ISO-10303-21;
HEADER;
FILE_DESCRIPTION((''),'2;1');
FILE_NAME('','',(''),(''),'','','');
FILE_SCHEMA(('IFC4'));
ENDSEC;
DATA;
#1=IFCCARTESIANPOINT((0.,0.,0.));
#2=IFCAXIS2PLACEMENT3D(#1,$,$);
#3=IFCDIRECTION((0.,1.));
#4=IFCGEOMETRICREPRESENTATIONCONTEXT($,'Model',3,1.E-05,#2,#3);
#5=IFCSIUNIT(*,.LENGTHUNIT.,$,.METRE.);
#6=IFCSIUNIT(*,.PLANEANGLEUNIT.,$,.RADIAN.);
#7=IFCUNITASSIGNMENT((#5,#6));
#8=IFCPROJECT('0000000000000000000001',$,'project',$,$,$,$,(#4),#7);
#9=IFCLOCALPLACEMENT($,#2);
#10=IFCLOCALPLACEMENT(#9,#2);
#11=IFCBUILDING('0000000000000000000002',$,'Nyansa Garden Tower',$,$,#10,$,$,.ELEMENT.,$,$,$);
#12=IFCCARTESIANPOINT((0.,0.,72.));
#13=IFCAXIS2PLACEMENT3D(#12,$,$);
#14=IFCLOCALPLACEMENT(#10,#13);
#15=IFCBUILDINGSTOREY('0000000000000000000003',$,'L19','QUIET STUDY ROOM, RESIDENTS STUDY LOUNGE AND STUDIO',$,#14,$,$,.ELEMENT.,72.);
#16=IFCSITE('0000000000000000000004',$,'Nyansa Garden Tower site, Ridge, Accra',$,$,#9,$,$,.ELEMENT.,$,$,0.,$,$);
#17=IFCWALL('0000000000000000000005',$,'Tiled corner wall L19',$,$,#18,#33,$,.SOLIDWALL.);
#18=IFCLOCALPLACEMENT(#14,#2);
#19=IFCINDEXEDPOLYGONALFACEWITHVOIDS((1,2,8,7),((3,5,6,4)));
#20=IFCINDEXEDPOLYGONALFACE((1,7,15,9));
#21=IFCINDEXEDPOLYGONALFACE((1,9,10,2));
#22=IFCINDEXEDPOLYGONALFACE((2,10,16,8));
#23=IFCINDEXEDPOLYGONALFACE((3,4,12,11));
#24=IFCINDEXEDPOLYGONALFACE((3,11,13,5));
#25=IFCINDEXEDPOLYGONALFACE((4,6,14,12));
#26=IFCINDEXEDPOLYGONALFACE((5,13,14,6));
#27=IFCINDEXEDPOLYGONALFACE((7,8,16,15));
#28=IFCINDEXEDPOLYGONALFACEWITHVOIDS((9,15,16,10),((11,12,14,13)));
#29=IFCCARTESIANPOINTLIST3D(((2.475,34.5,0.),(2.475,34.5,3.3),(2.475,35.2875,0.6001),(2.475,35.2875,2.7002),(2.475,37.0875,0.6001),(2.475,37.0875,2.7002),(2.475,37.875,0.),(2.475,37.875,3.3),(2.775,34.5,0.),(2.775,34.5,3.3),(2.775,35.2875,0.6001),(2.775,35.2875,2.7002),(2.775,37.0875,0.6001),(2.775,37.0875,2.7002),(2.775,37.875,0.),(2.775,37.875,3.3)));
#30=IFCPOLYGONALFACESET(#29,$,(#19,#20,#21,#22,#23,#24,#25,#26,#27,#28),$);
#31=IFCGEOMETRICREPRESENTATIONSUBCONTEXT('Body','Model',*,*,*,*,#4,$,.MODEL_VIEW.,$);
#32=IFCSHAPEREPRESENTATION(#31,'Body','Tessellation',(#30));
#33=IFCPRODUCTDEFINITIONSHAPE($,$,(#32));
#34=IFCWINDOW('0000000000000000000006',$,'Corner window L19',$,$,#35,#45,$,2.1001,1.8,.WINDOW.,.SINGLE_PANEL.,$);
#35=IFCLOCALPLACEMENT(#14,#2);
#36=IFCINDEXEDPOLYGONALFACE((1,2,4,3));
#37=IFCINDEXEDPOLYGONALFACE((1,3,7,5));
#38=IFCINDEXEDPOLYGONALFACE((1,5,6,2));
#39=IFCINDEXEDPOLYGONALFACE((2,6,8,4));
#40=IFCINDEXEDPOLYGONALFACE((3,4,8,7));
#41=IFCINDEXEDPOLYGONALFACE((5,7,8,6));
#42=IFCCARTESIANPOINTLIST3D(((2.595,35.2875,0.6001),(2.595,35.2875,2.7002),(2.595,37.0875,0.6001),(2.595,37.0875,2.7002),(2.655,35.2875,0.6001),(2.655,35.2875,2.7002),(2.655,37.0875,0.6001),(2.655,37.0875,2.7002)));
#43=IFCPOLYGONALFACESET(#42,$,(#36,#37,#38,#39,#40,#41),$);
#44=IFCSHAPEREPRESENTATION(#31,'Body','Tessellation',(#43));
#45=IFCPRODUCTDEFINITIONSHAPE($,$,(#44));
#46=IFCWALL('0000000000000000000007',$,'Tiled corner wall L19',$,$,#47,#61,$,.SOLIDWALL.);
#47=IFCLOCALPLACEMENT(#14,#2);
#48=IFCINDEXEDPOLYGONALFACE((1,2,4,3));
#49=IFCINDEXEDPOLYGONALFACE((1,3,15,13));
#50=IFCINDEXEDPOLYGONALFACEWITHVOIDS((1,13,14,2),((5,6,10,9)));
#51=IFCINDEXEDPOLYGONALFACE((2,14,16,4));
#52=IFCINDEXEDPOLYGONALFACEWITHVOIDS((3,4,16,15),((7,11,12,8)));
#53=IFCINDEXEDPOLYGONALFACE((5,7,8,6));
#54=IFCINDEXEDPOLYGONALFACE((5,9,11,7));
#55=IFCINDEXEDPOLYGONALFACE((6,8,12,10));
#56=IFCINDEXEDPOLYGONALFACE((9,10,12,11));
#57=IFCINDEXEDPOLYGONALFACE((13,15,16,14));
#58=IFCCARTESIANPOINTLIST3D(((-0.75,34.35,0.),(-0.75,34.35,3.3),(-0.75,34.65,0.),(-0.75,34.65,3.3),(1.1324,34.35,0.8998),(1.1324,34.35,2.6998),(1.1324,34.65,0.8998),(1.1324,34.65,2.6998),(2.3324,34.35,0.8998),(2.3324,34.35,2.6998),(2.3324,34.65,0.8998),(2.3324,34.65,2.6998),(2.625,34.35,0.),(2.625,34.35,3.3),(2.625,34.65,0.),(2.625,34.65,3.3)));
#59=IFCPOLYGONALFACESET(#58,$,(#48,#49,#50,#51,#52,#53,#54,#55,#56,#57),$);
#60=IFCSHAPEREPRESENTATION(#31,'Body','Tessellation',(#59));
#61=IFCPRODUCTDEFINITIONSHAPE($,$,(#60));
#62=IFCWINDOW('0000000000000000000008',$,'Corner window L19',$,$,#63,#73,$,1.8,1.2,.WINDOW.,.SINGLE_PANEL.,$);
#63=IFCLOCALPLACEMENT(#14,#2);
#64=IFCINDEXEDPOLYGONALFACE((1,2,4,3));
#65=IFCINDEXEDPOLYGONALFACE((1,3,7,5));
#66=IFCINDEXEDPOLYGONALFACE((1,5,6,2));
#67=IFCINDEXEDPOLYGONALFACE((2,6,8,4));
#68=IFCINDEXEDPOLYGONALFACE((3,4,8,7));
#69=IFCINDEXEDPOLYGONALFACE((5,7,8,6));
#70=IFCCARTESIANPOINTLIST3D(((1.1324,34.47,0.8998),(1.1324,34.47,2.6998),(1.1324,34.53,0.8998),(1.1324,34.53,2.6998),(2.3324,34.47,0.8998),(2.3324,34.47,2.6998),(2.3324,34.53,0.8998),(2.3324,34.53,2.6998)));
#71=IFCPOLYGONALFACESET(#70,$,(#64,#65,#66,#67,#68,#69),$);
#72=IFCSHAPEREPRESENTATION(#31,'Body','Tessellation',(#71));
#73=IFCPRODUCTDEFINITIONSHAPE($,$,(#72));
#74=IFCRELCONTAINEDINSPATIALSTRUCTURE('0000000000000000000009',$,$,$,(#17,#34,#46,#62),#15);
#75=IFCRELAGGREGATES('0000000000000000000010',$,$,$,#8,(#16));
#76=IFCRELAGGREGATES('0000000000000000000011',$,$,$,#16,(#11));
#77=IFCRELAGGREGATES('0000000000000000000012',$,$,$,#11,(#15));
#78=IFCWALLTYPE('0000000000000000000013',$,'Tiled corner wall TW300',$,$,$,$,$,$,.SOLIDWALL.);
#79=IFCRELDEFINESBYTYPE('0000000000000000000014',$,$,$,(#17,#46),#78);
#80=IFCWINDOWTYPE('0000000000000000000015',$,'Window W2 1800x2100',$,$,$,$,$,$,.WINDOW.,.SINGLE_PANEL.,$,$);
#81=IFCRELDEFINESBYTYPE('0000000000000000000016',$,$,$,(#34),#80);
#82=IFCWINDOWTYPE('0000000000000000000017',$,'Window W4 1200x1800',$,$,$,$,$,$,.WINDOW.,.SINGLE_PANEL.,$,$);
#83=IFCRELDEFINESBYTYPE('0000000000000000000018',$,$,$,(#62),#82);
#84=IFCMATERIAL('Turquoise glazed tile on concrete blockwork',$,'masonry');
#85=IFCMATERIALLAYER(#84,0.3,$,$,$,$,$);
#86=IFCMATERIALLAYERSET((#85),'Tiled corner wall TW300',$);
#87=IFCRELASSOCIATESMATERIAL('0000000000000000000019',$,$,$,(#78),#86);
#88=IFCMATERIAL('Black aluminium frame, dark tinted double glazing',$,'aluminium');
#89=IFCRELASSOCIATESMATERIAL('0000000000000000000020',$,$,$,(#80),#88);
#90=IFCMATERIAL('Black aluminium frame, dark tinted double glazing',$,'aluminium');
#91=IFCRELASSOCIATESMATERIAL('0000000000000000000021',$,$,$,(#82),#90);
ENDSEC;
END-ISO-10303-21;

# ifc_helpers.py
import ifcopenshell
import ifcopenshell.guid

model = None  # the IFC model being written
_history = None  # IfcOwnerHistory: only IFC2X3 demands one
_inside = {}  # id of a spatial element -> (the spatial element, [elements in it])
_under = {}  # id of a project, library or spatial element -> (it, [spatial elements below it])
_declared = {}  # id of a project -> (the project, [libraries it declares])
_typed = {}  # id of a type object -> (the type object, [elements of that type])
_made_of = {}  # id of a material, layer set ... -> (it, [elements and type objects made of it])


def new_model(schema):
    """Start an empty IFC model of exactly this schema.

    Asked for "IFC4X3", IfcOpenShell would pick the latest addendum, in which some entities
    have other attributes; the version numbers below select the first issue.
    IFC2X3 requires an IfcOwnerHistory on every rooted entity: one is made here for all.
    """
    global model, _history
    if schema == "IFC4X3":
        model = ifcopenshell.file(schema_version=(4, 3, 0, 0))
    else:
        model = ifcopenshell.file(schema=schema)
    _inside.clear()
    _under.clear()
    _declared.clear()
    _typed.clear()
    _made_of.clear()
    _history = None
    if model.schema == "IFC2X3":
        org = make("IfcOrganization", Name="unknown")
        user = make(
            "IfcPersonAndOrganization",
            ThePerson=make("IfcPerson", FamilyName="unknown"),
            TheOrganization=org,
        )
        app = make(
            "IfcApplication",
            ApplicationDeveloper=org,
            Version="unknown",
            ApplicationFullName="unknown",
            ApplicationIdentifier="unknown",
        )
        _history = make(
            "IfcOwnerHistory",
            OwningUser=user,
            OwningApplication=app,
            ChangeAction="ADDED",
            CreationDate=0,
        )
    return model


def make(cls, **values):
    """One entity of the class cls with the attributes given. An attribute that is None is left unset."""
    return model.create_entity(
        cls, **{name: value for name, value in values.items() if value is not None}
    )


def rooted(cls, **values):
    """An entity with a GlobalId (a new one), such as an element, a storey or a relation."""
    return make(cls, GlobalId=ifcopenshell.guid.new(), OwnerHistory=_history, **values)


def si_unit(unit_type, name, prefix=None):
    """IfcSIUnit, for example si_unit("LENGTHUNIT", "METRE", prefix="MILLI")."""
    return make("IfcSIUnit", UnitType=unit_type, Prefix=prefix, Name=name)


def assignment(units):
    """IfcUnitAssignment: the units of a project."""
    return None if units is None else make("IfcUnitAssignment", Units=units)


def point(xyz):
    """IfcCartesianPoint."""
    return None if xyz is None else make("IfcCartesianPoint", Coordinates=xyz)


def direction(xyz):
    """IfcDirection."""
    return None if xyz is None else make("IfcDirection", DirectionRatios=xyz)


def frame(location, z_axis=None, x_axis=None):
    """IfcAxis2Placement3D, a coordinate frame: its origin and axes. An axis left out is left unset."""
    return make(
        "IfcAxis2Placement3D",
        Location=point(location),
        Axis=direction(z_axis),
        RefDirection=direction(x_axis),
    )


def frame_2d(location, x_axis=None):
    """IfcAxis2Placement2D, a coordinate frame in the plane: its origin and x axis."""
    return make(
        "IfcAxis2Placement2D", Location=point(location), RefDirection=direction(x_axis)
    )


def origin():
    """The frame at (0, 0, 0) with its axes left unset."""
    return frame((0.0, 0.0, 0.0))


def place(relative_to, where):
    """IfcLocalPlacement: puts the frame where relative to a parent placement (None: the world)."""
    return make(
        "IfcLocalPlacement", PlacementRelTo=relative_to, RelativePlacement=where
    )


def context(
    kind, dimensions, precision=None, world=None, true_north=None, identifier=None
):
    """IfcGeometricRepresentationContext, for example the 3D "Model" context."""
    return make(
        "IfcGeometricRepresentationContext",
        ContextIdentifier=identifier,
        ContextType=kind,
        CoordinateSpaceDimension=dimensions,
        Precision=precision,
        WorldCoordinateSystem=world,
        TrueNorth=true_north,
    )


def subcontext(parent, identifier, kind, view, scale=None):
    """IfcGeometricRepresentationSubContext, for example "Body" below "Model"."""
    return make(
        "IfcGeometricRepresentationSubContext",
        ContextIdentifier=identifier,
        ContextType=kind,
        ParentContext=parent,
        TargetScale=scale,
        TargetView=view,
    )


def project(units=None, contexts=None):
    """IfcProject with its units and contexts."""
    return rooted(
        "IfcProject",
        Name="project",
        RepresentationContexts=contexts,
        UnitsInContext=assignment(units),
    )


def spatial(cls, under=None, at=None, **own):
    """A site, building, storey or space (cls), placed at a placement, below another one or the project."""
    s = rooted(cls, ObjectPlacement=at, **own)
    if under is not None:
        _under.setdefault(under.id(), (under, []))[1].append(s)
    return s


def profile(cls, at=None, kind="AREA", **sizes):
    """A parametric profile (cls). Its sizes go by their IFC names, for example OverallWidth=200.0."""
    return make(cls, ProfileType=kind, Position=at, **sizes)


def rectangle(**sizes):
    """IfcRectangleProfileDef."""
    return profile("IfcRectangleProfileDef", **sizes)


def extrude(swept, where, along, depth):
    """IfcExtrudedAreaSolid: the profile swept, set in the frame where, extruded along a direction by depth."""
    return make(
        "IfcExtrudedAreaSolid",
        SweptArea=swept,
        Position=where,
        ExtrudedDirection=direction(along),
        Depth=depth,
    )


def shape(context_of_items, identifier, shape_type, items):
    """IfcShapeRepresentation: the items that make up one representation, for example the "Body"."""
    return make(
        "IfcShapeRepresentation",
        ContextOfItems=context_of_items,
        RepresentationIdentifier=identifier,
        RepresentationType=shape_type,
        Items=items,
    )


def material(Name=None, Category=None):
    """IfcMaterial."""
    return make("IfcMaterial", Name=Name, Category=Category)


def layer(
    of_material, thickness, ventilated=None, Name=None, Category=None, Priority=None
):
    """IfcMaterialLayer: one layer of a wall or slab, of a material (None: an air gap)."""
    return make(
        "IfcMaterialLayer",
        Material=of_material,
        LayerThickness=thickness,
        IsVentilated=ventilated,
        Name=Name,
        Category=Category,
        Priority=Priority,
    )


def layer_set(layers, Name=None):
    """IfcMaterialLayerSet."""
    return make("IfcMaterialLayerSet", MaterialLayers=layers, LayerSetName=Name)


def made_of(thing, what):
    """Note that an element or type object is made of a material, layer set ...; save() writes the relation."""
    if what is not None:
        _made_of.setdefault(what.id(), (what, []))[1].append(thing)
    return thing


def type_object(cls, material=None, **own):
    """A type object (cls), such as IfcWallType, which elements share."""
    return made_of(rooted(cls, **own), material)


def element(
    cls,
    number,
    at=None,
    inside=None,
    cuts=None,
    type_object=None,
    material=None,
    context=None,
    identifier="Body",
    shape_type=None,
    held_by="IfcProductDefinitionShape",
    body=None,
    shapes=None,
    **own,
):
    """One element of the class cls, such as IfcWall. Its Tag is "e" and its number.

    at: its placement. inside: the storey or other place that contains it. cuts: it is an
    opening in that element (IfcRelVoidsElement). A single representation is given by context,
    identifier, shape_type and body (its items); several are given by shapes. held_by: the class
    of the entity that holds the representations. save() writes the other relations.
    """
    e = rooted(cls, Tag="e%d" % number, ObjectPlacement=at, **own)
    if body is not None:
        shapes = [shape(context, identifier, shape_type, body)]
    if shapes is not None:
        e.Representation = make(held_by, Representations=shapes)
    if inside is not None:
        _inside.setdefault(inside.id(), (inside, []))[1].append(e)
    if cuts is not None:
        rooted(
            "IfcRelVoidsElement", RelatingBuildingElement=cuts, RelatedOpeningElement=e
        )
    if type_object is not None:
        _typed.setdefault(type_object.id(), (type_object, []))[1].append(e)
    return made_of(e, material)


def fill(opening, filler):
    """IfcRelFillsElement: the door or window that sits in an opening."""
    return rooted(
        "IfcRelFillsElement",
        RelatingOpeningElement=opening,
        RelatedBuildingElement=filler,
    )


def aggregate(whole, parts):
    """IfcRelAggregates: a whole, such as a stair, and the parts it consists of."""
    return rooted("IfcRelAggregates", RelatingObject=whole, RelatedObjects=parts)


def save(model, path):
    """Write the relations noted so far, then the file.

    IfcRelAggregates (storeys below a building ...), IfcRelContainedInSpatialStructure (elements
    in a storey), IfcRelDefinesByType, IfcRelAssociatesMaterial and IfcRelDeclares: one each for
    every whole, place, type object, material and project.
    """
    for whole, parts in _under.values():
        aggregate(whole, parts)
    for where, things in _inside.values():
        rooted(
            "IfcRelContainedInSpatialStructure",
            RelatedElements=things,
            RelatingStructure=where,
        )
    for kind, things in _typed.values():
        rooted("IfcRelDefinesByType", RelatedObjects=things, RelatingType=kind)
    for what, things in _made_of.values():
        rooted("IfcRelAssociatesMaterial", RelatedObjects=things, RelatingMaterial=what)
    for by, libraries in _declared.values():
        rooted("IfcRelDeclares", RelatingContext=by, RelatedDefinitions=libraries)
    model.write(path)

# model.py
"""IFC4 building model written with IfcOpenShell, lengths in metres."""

from ifc_helpers import new_model, si_unit, direction, frame, frame_2d, origin, place, context, subcontext, project, spatial, rectangle, extrude, material, layer, layer_set, type_object, element, fill, save


model = new_model("IFC4")

# Units and contexts
model_context = context("Model", 3, precision=1e-05, world=origin(), true_north=direction((0.0, 1.0)))
body_context = subcontext(model_context, "Body", "Model", "MODEL_VIEW")
ifc_project = project(units=[si_unit("LENGTHUNIT", "METRE"), si_unit("PLANEANGLEUNIT", "RADIAN")], contexts=[model_context])

# Site, building, storey
site_placement = place(None, origin())
site = spatial("IfcSite", under=ifc_project, at=site_placement, Name="Nyansa Garden Tower site, Ridge, Accra", CompositionType="ELEMENT", RefElevation=0.0)
building_placement = place(site_placement, origin())
building = spatial("IfcBuilding", under=site, at=building_placement, Name="Nyansa Garden Tower", CompositionType="ELEMENT")
storey_placement = place(building_placement, frame((0.0, 0.0, 72.0)))
storey = spatial("IfcBuildingStorey", under=building, at=storey_placement, Name="L19", Description="QUIET STUDY ROOM, RESIDENTS STUDY LOUNGE AND STUDIO", CompositionType="ELEMENT", Elevation=72.0)

# Walls, openings, windows
ifc_material_1 = material(Name="Turquoise glazed tile on concrete blockwork", Category="masonry")
ifc_layer_1 = layer(ifc_material_1, 0.3)
ifc_layer_set_1 = layer_set([ifc_layer_1], Name="Tiled corner wall TW300")
wall_type_1 = type_object("IfcWallType", Name="Tiled corner wall TW300", PredefinedType="SOLIDWALL", material=ifc_layer_set_1)
ifc_material_2 = material(Name="Black aluminium frame, dark tinted double glazing", Category="aluminium")
window_type_1 = type_object("IfcWindowType", Name="Window W2 1800x2100", PartitioningType="SINGLE_PANEL", PredefinedType="WINDOW", material=ifc_material_2)
wall_1_placement = place(storey_placement, frame((2.625, 37.875, 0.0), z_axis=(0.0, 0.0, 1.0), x_axis=(0.0, -1.0, 0.0)))
wall_1 = element("IfcWall", 1, at=wall_1_placement, inside=storey, type_object=wall_type_1, Name="Tiled corner wall L19", PredefinedType="SOLIDWALL", context=body_context, shape_type="SweptSolid", body=[
    extrude(rectangle(XDim=3.375, YDim=0.3, at=frame_2d((1.6875, 0.0))), origin(), (0.0, 0.0, 1.0), 3.3),
])
opening_1_placement = place(wall_1_placement, frame((0.7876, 0.0, 0.6001)))
opening_1 = element("IfcOpeningElement", 2, at=opening_1_placement, cuts=wall_1, PredefinedType="OPENING", context=body_context, shape_type="SweptSolid", body=[
    extrude(rectangle(XDim=1.8, YDim=2.1001, at=frame_2d((0.8999, 1.05))), frame((0.0, 0.1599, 0.0), z_axis=(0.0, -1.0, 0.0), x_axis=(1.0, 0.0, 0.0)), (0.0, 0.0, 1.0), 0.3201),
])
window_1_placement = place(opening_1_placement, origin())
window_1 = element("IfcWindow", 3, at=window_1_placement, inside=storey, type_object=window_type_1, Name="Corner window L19", OverallHeight=2.1001, OverallWidth=1.8, PartitioningType="SINGLE_PANEL", PredefinedType="WINDOW", context=body_context, shape_type="SweptSolid", body=[
    extrude(rectangle(XDim=1.8, YDim=2.1001, at=frame_2d((0.8999, 1.05))), frame((0.0, 0.03, 0.0), z_axis=(0.0, -1.0, 0.0), x_axis=(1.0, 0.0, 0.0)), (0.0, 0.0, 1.0), 0.0601),
])
fill(opening_1, window_1)
wall_2_placement = place(storey_placement, frame((2.625, 34.5, 0.0), z_axis=(0.0, 0.0, 1.0), x_axis=(-1.0, 0.0, 0.0)))
wall_2 = element("IfcWall", 4, at=wall_2_placement, inside=storey, type_object=wall_type_1, Name="Tiled corner wall L19", PredefinedType="SOLIDWALL", context=body_context, shape_type="SweptSolid", body=[
    extrude(rectangle(XDim=3.375, YDim=0.3, at=frame_2d((1.6875, 0.0))), origin(), (0.0, 0.0, 1.0), 3.3),
])
opening_2_placement = place(wall_2_placement, frame((0.2925, 0.0, 0.8999)))
opening_2 = element("IfcOpeningElement", 5, at=opening_2_placement, cuts=wall_2, PredefinedType="OPENING", context=body_context, shape_type="SweptSolid", body=[
    extrude(rectangle(XDim=1.2, YDim=1.8, at=frame_2d((0.6001, 0.8999))), frame((0.0, 0.1599, 0.0), z_axis=(0.0, -1.0, 0.0), x_axis=(1.0, 0.0, 0.0)), (0.0, 0.0, 1.0), 0.3201),
])
ifc_material_3 = material(Name="Black aluminium frame, dark tinted double glazing", Category="aluminium")
window_type_2 = type_object("IfcWindowType", Name="Window W4 1200x1800", PartitioningType="SINGLE_PANEL", PredefinedType="WINDOW", material=ifc_material_3)
window_2_placement = place(opening_2_placement, origin())
window_2 = element("IfcWindow", 6, at=window_2_placement, inside=storey, type_object=window_type_2, Name="Corner window L19", OverallHeight=1.8, OverallWidth=1.2, PartitioningType="SINGLE_PANEL", PredefinedType="WINDOW", context=body_context, shape_type="SweptSolid", body=[
    extrude(rectangle(XDim=1.2, YDim=1.8, at=frame_2d((0.6001, 0.8999))), frame((0.0, 0.03, 0.0), z_axis=(0.0, -1.0, 0.0), x_axis=(1.0, 0.0, 0.0)), (0.0, 0.0, 1.0), 0.0601),
])
fill(opening_2, window_2)

save(model, "model.ifc")
